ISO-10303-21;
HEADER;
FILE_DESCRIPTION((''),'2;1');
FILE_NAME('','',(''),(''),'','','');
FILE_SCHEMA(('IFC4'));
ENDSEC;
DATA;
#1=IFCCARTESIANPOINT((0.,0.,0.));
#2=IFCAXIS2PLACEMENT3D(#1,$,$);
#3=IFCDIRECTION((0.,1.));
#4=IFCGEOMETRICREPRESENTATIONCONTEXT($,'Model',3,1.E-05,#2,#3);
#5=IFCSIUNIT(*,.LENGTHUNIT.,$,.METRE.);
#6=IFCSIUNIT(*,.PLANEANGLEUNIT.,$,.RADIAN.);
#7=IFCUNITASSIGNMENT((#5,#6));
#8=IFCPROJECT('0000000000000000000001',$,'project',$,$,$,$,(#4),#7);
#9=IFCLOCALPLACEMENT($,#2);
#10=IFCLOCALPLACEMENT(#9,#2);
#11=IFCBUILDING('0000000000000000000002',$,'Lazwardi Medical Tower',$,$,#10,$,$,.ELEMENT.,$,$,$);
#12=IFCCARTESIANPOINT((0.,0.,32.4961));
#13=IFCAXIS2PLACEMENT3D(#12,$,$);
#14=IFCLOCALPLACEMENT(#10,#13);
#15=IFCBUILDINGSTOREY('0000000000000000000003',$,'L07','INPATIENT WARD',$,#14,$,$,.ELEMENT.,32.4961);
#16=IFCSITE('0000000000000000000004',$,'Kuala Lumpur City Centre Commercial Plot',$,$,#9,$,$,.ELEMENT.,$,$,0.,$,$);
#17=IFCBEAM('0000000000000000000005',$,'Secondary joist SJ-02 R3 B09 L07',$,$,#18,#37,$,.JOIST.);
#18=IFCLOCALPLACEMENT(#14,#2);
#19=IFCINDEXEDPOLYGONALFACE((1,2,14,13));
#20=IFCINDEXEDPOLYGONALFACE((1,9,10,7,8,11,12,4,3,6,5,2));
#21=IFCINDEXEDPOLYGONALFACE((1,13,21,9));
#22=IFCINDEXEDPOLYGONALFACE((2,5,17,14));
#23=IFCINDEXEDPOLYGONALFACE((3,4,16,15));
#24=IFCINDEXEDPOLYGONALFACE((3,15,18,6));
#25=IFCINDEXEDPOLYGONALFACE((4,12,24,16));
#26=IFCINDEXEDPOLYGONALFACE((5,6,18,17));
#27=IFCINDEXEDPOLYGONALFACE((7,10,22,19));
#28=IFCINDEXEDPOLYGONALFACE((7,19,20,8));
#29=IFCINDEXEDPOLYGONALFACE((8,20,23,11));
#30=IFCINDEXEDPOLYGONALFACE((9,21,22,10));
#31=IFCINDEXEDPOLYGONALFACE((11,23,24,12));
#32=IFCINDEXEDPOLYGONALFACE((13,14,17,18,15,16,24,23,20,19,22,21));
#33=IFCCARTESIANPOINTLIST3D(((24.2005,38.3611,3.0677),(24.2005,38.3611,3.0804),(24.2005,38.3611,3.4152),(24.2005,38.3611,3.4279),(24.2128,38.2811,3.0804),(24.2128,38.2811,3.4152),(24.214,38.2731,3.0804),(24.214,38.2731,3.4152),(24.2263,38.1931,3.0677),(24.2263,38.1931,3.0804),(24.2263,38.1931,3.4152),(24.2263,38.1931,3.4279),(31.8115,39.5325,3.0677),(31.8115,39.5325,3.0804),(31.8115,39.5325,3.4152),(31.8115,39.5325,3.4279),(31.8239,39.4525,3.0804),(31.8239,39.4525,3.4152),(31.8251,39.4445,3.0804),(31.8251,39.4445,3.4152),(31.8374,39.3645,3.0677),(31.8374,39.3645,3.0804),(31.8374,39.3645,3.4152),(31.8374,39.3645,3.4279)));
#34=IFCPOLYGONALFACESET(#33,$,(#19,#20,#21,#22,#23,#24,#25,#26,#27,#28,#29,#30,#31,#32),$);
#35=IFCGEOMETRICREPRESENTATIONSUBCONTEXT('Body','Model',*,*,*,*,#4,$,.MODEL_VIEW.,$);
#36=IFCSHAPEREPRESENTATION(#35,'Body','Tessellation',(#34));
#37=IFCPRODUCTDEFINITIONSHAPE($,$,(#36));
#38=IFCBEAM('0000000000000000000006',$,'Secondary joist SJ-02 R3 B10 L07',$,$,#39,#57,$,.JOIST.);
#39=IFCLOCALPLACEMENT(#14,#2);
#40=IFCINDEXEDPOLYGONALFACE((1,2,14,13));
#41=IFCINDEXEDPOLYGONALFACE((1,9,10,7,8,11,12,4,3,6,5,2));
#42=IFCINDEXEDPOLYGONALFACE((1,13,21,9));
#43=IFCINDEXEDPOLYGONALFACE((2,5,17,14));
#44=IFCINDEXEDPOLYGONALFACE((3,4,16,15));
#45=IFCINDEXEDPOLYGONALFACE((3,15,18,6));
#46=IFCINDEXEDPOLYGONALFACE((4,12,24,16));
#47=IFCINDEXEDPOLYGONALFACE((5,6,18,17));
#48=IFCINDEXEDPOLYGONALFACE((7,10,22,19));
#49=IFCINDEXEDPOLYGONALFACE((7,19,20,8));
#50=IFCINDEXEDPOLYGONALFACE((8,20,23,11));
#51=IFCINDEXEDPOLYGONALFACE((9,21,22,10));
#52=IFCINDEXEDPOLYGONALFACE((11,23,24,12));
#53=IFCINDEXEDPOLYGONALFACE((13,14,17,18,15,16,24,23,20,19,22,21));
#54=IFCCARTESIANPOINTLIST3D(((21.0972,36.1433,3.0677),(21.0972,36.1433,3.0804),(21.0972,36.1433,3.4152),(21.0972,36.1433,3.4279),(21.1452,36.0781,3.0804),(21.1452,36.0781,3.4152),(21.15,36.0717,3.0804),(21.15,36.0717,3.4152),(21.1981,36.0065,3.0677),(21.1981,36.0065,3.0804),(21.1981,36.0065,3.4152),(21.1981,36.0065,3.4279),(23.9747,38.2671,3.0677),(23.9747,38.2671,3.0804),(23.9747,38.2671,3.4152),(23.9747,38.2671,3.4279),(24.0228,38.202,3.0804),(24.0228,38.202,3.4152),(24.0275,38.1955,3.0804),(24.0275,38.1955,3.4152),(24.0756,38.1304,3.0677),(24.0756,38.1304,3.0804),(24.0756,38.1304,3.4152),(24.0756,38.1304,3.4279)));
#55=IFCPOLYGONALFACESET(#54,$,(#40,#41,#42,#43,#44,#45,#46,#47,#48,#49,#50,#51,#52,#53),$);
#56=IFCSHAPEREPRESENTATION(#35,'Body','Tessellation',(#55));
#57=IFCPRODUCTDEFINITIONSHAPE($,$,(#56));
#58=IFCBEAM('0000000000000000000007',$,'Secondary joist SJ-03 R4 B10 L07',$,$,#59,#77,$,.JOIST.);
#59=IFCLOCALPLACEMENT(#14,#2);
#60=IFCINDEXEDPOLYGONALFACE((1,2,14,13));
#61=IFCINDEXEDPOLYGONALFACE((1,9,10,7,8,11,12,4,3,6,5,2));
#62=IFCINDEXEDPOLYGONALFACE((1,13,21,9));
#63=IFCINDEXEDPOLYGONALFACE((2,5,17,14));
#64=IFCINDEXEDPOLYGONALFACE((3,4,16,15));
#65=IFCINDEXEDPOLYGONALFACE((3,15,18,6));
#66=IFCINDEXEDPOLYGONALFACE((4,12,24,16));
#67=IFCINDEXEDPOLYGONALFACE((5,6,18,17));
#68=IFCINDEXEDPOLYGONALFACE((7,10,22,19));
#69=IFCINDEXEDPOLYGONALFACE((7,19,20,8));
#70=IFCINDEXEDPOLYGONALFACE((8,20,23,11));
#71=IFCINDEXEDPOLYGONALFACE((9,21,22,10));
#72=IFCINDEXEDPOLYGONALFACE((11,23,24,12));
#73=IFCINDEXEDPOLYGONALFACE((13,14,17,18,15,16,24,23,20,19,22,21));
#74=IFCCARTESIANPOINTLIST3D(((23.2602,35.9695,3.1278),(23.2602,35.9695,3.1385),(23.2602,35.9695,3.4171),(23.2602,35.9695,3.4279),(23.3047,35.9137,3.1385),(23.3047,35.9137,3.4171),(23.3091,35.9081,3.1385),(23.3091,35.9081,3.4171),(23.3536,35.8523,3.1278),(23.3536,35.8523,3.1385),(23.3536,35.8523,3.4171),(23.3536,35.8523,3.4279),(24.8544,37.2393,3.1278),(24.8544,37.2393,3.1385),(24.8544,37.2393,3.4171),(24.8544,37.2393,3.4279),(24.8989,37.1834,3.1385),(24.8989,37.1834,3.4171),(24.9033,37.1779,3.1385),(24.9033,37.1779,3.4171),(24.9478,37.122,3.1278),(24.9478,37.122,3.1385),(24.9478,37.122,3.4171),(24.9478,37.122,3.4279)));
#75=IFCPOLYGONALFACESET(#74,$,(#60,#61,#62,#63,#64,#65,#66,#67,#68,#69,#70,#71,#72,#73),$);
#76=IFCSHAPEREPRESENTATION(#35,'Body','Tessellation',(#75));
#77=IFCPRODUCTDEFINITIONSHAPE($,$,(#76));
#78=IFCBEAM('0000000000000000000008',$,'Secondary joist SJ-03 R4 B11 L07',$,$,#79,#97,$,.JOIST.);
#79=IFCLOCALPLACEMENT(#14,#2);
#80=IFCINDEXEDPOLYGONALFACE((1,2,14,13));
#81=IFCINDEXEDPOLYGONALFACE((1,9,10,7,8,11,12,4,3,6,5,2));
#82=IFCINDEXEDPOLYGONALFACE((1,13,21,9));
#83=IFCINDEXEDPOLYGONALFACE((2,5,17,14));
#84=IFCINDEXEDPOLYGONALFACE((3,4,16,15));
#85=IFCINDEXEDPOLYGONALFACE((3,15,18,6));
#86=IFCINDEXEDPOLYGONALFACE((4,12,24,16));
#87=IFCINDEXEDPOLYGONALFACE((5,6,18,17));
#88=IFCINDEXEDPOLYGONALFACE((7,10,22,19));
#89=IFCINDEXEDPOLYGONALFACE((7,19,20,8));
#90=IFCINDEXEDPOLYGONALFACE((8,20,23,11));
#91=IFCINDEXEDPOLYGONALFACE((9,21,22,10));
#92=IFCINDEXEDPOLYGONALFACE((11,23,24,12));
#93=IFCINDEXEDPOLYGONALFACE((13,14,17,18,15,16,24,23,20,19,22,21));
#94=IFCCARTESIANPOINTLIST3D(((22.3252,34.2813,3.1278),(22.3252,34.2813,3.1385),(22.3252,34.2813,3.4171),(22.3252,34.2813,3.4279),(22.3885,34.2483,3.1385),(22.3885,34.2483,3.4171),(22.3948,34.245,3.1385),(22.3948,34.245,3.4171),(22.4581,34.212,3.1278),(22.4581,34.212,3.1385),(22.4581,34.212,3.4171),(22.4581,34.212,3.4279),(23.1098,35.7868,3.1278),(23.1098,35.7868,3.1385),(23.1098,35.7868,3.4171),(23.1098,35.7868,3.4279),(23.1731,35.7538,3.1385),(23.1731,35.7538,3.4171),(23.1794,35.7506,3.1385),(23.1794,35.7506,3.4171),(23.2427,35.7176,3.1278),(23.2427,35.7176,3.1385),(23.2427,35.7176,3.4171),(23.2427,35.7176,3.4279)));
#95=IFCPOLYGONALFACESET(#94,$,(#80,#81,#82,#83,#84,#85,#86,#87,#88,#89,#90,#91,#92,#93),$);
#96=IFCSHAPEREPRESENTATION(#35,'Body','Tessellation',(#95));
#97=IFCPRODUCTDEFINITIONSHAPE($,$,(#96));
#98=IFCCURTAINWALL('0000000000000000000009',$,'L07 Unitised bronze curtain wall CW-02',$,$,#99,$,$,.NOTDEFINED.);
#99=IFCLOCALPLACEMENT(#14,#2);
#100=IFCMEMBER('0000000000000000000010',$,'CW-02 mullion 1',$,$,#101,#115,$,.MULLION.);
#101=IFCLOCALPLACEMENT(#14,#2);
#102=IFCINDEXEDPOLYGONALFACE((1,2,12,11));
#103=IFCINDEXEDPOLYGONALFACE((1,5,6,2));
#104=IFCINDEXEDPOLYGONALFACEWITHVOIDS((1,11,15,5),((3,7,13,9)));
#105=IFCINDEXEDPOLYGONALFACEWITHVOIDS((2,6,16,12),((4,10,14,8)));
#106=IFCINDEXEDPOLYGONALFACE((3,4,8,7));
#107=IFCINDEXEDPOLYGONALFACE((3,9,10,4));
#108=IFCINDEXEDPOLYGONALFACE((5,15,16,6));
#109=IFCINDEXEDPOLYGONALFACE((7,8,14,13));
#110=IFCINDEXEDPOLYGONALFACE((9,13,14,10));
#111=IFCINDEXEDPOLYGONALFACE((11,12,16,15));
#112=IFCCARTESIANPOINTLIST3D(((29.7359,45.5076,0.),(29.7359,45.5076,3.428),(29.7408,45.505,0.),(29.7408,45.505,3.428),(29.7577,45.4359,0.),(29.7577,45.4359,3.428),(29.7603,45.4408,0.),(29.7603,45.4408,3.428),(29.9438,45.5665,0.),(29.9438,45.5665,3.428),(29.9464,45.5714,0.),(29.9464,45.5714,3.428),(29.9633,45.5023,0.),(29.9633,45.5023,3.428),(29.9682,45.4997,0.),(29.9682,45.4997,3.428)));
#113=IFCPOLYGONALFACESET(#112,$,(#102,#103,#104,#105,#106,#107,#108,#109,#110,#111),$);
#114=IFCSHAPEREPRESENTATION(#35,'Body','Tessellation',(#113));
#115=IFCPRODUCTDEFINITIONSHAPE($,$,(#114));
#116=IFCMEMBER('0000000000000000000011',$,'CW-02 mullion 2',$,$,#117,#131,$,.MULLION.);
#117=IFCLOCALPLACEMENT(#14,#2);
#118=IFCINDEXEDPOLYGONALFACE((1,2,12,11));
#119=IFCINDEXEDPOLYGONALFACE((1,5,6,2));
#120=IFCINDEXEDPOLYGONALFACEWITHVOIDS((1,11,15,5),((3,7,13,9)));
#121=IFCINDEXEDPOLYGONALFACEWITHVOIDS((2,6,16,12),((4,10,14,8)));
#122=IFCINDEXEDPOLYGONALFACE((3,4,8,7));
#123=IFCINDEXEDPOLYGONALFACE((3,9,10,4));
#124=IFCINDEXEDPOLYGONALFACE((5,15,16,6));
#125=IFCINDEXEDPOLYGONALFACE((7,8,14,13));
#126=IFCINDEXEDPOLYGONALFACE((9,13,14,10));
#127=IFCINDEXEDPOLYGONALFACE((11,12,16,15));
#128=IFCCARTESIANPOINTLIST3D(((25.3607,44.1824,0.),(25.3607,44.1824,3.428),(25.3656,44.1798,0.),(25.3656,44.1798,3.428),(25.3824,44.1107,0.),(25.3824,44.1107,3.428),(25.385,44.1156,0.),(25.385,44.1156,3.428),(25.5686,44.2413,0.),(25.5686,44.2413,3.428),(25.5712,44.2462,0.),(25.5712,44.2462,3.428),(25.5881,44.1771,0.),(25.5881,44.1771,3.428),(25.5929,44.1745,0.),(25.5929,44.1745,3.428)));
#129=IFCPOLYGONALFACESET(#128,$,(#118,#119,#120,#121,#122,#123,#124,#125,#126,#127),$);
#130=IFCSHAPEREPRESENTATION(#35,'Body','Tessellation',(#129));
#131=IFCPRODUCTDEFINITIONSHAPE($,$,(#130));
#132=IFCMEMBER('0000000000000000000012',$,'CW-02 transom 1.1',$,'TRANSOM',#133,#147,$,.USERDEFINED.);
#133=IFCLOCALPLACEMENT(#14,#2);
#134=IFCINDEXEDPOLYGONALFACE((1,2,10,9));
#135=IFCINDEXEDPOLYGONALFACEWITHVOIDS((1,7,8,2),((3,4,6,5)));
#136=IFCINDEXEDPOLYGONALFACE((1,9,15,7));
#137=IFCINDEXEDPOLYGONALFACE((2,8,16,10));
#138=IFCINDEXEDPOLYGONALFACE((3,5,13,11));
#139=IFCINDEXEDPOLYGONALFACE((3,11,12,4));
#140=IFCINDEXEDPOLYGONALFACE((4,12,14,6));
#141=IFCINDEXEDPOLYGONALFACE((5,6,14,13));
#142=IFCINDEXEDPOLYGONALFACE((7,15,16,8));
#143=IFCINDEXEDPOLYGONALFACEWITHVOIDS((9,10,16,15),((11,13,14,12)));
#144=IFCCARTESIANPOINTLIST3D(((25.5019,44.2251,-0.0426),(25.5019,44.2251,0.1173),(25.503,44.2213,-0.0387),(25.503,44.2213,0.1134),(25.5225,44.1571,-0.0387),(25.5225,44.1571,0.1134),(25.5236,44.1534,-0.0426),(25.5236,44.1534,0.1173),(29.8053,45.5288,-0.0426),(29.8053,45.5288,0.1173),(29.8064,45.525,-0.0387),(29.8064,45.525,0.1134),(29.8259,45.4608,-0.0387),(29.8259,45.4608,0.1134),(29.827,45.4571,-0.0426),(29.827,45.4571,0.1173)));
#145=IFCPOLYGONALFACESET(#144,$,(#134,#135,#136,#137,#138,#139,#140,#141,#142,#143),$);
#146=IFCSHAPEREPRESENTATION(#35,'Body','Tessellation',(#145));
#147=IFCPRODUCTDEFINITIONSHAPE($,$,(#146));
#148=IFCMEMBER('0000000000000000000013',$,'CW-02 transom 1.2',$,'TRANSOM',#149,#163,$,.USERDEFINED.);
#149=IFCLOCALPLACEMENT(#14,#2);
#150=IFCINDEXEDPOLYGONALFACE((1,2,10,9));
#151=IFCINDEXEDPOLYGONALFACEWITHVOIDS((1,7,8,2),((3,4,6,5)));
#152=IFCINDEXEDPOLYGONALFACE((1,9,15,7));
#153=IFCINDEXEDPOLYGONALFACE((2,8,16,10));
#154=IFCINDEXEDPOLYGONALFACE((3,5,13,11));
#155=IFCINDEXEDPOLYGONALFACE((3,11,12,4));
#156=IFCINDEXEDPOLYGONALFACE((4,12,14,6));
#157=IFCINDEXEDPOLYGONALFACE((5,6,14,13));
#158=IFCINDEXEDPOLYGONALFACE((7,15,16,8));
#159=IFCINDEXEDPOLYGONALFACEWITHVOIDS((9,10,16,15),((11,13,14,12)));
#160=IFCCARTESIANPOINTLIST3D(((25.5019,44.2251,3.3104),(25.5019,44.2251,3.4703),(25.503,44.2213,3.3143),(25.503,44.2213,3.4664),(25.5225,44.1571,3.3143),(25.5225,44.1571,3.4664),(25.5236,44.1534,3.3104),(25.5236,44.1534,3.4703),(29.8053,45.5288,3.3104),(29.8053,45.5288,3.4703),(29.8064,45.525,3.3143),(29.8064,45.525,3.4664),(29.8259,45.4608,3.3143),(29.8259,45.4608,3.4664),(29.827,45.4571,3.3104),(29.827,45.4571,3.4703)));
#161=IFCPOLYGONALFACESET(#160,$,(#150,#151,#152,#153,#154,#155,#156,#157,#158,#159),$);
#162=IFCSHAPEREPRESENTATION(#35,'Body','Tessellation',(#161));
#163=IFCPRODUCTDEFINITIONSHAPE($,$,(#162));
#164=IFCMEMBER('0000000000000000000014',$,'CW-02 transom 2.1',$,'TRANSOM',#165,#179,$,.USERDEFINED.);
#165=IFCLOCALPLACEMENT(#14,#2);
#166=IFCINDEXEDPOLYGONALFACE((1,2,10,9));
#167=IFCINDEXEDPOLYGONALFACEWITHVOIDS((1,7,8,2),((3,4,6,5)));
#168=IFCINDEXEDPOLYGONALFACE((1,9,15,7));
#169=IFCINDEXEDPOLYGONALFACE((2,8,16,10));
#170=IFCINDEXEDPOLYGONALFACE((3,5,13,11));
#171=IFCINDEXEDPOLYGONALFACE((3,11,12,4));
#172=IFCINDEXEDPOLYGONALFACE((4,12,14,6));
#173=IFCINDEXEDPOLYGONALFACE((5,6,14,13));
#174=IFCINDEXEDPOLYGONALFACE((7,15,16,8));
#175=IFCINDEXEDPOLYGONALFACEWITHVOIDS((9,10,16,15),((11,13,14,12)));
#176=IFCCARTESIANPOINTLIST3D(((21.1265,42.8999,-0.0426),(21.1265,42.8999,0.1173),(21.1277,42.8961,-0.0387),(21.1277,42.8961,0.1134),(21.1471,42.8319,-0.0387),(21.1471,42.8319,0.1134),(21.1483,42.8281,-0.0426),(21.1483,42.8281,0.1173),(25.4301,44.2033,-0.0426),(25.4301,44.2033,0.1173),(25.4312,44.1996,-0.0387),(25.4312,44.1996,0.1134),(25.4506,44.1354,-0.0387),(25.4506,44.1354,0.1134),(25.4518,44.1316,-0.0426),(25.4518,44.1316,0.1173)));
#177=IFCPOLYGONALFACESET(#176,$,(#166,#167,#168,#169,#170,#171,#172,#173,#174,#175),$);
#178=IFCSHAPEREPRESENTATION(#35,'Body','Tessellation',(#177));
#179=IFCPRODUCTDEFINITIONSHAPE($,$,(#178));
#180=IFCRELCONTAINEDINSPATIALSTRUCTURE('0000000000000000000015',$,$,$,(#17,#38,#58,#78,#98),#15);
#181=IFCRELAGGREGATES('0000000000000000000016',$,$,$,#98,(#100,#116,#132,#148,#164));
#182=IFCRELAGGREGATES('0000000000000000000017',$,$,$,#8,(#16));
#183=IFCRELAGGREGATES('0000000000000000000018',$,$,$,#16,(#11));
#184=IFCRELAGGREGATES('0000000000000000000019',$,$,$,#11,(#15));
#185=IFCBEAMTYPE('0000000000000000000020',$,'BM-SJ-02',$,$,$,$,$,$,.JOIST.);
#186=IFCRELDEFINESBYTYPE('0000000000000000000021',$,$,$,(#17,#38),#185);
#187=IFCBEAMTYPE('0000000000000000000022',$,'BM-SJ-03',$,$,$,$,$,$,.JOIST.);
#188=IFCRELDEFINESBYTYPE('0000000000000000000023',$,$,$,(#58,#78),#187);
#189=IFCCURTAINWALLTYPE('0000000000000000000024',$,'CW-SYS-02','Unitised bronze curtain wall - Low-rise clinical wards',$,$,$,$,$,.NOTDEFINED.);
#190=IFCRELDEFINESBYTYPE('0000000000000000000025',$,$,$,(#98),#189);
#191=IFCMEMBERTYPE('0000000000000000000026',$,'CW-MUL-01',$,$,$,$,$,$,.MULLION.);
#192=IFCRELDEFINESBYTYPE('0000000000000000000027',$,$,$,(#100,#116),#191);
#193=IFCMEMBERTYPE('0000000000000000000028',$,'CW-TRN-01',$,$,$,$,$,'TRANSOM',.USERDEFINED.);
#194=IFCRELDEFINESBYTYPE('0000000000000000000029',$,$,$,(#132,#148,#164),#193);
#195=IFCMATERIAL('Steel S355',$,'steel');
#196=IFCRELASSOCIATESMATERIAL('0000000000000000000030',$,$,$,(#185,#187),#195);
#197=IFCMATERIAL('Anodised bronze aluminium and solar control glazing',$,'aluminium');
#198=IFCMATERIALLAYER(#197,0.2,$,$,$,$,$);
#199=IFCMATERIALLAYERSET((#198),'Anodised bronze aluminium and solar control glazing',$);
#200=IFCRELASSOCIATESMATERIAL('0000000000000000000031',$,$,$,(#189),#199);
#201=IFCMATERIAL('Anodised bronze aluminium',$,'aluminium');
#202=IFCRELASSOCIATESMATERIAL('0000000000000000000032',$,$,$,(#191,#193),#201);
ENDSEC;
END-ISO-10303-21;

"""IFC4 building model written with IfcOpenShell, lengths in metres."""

from ifc_helpers import new_model, si_unit, direction, frame, origin, origin_2d, place, context, subcontext, project, spatial, hollow_rectangle, i_section, extrude, material, layer, layer_set, material_profile, profile_set, type_object, element, aggregate, save


model = new_model("IFC4")

# Units and contexts
model_context = context("Model", 3, precision=1e-05, world=origin(), true_north=direction((0.0, 1.0)))
body_context = subcontext(model_context, "Body", "Model", "MODEL_VIEW")
ifc_project = project(units=[si_unit("LENGTHUNIT", "METRE"), si_unit("PLANEANGLEUNIT", "RADIAN")], contexts=[model_context])

# Site, building, storey
site_placement = place(None, origin())
site = spatial("IfcSite", under=ifc_project, at=site_placement, Name="Kuala Lumpur City Centre Commercial Plot", CompositionType="ELEMENT", RefElevation=0.0)
building_placement = place(site_placement, origin())
building = spatial("IfcBuilding", under=site, at=building_placement, Name="Lazwardi Medical Tower", CompositionType="ELEMENT")
storey_placement = place(building_placement, frame((0.0, 0.0, 32.4961)))
storey = spatial("IfcBuildingStorey", under=building, at=storey_placement, Name="L07", Description="INPATIENT WARD", CompositionType="ELEMENT", Elevation=32.4961)

# Beams
ifc_material_1 = material(Name="Steel S355", Category="steel")
ifc_material_profile_1 = material_profile(ifc_material_1, i_section(OverallWidth=0.1699, OverallDepth=0.3601, WebThickness=0.0081, FlangeThickness=0.0127, at=origin_2d()), Name="IPE 360")
ifc_profile_set_1 = profile_set([ifc_material_profile_1], Name="Steel S355")
beam_type_1 = type_object("IfcBeamType", Name="BM-SJ-02", PredefinedType="JOIST", material=ifc_profile_set_1)
beam_1_placement = place(storey_placement, frame((31.8245, 39.4485, 3.2478), z_axis=(-0.988363, -0.152114, 0.0), x_axis=(0.152114, -0.988363, 0.0)))
element("IfcBeam", 1, at=beam_1_placement, inside=storey, type_object=beam_type_1, Name="Secondary joist SJ-02 R3 B09 L07", PredefinedType="JOIST", context=body_context, shape_type="SweptSolid", body=[
    extrude(i_section(OverallWidth=0.1699, OverallDepth=0.3601, WebThickness=0.0081, FlangeThickness=0.0127, at=origin_2d()), origin(), (0.0, 0.0, 1.0), 7.7007),
])
beam_2_placement = place(storey_placement, frame((24.0251, 38.1987, 3.2478), z_axis=(-0.80458, -0.593844, 0.0), x_axis=(0.593844, -0.80458, 0.0)))
element("IfcBeam", 2, at=beam_2_placement, inside=storey, type_object=beam_type_1, Name="Secondary joist SJ-02 R3 B10 L07", PredefinedType="JOIST", context=body_context, shape_type="SweptSolid", body=[
    extrude(i_section(OverallWidth=0.1699, OverallDepth=0.3601, WebThickness=0.0081, FlangeThickness=0.0127, at=origin_2d()), origin(), (0.0, 0.0, 1.0), 3.5764),
])
ifc_material_profile_2 = material_profile(ifc_material_1, i_section(OverallWidth=0.1499, OverallDepth=0.3, WebThickness=0.0071, FlangeThickness=0.0107, at=origin_2d()), Name="IPE 300")
ifc_profile_set_2 = profile_set([ifc_material_profile_2], Name="Steel S355")
beam_type_2 = type_object("IfcBeamType", Name="BM-SJ-03", PredefinedType="JOIST", material=ifc_profile_set_2)
beam_3_placement = place(storey_placement, frame((24.9011, 37.1807, 3.2778), z_axis=(-0.782211, -0.623014, 0.0), x_axis=(0.623014, -0.782211, 0.0)))
element("IfcBeam", 3, at=beam_3_placement, inside=storey, type_object=beam_type_2, Name="Secondary joist SJ-03 R4 B10 L07", PredefinedType="JOIST", context=body_context, shape_type="SweptSolid", body=[
    extrude(i_section(OverallWidth=0.1499, OverallDepth=0.3, WebThickness=0.0071, FlangeThickness=0.0107, at=origin_2d()), origin(), (0.0, 0.0, 1.0), 2.0381),
])
beam_4_placement = place(storey_placement, frame((23.1763, 35.7522, 3.2778), z_axis=(-0.462163, -0.886795, 0.0), x_axis=(0.886795, -0.462163, 0.0)))
element("IfcBeam", 4, at=beam_4_placement, inside=storey, type_object=beam_type_2, Name="Secondary joist SJ-03 R4 B11 L07", PredefinedType="JOIST", context=body_context, shape_type="SweptSolid", body=[
    extrude(i_section(OverallWidth=0.1499, OverallDepth=0.3, WebThickness=0.0071, FlangeThickness=0.0107, at=origin_2d()), origin(), (0.0, 0.0, 1.0), 1.6978),
])

# Curtain wall, members
ifc_material_2 = material(Name="Anodised bronze aluminium and solar control glazing", Category="aluminium")
ifc_layer_1 = layer(ifc_material_2, 0.2)
ifc_layer_set_1 = layer_set([ifc_layer_1], Name="Anodised bronze aluminium and solar control glazing")
curtain_wall_type = type_object("IfcCurtainWallType", Name="CW-SYS-02", Description="Unitised bronze curtain wall - Low-rise clinical wards", PredefinedType="NOTDEFINED", material=ifc_layer_set_1)
curtain_wall_placement = place(storey_placement, origin())
curtain_wall = element("IfcCurtainWall", 5, at=curtain_wall_placement, inside=storey, type_object=curtain_wall_type, Name="L07 Unitised bronze curtain wall CW-02", PredefinedType="NOTDEFINED")
ifc_material_3 = material(Name="Anodised bronze aluminium", Category="aluminium")
ifc_material_profile_3 = material_profile(ifc_material_3, hollow_rectangle(XDim=0.075, YDim=0.22, WallThickness=0.0039, at=origin_2d()), Name="ALU-MULLION 220x75x4")
ifc_profile_set_3 = profile_set([ifc_material_profile_3], Name="Anodised bronze aluminium")
member_type_1 = type_object("IfcMemberType", Name="CW-MUL-01", PredefinedType="MULLION", material=ifc_profile_set_3)
member_1_placement = place(storey_placement, frame((29.8521, 45.5037, 0.0), z_axis=(0.0, 0.0, 1.0), x_axis=(0.289896, -0.957058, 0.0)))
member_1 = element("IfcMember", 6, at=member_1_placement, type_object=member_type_1, Name="CW-02 mullion 1", PredefinedType="MULLION", context=body_context, shape_type="SweptSolid", body=[
    extrude(hollow_rectangle(XDim=0.075, YDim=0.22, WallThickness=0.0039, at=origin_2d()), origin(), (0.0, 0.0, 1.0), 3.428),
])
member_2_placement = place(storey_placement, frame((25.4768, 44.1785, 0.0), z_axis=(0.0, 0.0, 1.0), x_axis=(0.289896, -0.957058, 0.0)))
member_2 = element("IfcMember", 7, at=member_2_placement, type_object=member_type_1, Name="CW-02 mullion 2", PredefinedType="MULLION", context=body_context, shape_type="SweptSolid", body=[
    extrude(hollow_rectangle(XDim=0.075, YDim=0.22, WallThickness=0.0039, at=origin_2d()), origin(), (0.0, 0.0, 1.0), 3.428),
])
ifc_material_profile_4 = material_profile(ifc_material_3, hollow_rectangle(XDim=0.075, YDim=0.1599, WallThickness=0.0039, at=origin_2d()), Name="ALU-TRANSOM 160x75x4")
ifc_profile_set_4 = profile_set([ifc_material_profile_4], Name="Anodised bronze aluminium")
member_type_2 = type_object("IfcMemberType", Name="CW-TRN-01", ElementType="TRANSOM", PredefinedType="USERDEFINED", material=ifc_profile_set_4)
member_3_placement = place(storey_placement, frame((29.8162, 45.4929, 0.0374), z_axis=(-0.957047, -0.289932, 0.0), x_axis=(0.289932, -0.957047, 0.0)))
member_3 = element("IfcMember", 8, at=member_3_placement, type_object=member_type_2, Name="CW-02 transom 1.1", ObjectType="TRANSOM", PredefinedType="USERDEFINED", context=body_context, shape_type="SweptSolid", body=[
    extrude(hollow_rectangle(XDim=0.075, YDim=0.1599, WallThickness=0.0039, at=origin_2d()), origin(), (0.0, 0.0, 1.0), 4.4966),
])
member_4_placement = place(storey_placement, frame((29.8162, 45.4929, 3.3904), z_axis=(-0.957047, -0.289932, 0.0), x_axis=(0.289932, -0.957047, 0.0)))
member_4 = element("IfcMember", 9, at=member_4_placement, type_object=member_type_2, Name="CW-02 transom 1.2", ObjectType="TRANSOM", PredefinedType="USERDEFINED", context=body_context, shape_type="SweptSolid", body=[
    extrude(hollow_rectangle(XDim=0.075, YDim=0.1599, WallThickness=0.0039, at=origin_2d()), origin(), (0.0, 0.0, 1.0), 4.4966),
])
member_5_placement = place(storey_placement, frame((25.4409, 44.1675, 0.0374), z_axis=(-0.957062, -0.289882, 0.0), x_axis=(0.289882, -0.957062, 0.0)))
member_5 = element("IfcMember", 10, at=member_5_placement, type_object=member_type_2, Name="CW-02 transom 2.1", ObjectType="TRANSOM", PredefinedType="USERDEFINED", context=body_context, shape_type="SweptSolid", body=[
    extrude(hollow_rectangle(XDim=0.075, YDim=0.1599, WallThickness=0.0039, at=origin_2d()), origin(), (0.0, 0.0, 1.0), 4.4966),
])
aggregate(curtain_wall, [member_1, member_2, member_3, member_4, member_5])

save(model, "model.ifc")
